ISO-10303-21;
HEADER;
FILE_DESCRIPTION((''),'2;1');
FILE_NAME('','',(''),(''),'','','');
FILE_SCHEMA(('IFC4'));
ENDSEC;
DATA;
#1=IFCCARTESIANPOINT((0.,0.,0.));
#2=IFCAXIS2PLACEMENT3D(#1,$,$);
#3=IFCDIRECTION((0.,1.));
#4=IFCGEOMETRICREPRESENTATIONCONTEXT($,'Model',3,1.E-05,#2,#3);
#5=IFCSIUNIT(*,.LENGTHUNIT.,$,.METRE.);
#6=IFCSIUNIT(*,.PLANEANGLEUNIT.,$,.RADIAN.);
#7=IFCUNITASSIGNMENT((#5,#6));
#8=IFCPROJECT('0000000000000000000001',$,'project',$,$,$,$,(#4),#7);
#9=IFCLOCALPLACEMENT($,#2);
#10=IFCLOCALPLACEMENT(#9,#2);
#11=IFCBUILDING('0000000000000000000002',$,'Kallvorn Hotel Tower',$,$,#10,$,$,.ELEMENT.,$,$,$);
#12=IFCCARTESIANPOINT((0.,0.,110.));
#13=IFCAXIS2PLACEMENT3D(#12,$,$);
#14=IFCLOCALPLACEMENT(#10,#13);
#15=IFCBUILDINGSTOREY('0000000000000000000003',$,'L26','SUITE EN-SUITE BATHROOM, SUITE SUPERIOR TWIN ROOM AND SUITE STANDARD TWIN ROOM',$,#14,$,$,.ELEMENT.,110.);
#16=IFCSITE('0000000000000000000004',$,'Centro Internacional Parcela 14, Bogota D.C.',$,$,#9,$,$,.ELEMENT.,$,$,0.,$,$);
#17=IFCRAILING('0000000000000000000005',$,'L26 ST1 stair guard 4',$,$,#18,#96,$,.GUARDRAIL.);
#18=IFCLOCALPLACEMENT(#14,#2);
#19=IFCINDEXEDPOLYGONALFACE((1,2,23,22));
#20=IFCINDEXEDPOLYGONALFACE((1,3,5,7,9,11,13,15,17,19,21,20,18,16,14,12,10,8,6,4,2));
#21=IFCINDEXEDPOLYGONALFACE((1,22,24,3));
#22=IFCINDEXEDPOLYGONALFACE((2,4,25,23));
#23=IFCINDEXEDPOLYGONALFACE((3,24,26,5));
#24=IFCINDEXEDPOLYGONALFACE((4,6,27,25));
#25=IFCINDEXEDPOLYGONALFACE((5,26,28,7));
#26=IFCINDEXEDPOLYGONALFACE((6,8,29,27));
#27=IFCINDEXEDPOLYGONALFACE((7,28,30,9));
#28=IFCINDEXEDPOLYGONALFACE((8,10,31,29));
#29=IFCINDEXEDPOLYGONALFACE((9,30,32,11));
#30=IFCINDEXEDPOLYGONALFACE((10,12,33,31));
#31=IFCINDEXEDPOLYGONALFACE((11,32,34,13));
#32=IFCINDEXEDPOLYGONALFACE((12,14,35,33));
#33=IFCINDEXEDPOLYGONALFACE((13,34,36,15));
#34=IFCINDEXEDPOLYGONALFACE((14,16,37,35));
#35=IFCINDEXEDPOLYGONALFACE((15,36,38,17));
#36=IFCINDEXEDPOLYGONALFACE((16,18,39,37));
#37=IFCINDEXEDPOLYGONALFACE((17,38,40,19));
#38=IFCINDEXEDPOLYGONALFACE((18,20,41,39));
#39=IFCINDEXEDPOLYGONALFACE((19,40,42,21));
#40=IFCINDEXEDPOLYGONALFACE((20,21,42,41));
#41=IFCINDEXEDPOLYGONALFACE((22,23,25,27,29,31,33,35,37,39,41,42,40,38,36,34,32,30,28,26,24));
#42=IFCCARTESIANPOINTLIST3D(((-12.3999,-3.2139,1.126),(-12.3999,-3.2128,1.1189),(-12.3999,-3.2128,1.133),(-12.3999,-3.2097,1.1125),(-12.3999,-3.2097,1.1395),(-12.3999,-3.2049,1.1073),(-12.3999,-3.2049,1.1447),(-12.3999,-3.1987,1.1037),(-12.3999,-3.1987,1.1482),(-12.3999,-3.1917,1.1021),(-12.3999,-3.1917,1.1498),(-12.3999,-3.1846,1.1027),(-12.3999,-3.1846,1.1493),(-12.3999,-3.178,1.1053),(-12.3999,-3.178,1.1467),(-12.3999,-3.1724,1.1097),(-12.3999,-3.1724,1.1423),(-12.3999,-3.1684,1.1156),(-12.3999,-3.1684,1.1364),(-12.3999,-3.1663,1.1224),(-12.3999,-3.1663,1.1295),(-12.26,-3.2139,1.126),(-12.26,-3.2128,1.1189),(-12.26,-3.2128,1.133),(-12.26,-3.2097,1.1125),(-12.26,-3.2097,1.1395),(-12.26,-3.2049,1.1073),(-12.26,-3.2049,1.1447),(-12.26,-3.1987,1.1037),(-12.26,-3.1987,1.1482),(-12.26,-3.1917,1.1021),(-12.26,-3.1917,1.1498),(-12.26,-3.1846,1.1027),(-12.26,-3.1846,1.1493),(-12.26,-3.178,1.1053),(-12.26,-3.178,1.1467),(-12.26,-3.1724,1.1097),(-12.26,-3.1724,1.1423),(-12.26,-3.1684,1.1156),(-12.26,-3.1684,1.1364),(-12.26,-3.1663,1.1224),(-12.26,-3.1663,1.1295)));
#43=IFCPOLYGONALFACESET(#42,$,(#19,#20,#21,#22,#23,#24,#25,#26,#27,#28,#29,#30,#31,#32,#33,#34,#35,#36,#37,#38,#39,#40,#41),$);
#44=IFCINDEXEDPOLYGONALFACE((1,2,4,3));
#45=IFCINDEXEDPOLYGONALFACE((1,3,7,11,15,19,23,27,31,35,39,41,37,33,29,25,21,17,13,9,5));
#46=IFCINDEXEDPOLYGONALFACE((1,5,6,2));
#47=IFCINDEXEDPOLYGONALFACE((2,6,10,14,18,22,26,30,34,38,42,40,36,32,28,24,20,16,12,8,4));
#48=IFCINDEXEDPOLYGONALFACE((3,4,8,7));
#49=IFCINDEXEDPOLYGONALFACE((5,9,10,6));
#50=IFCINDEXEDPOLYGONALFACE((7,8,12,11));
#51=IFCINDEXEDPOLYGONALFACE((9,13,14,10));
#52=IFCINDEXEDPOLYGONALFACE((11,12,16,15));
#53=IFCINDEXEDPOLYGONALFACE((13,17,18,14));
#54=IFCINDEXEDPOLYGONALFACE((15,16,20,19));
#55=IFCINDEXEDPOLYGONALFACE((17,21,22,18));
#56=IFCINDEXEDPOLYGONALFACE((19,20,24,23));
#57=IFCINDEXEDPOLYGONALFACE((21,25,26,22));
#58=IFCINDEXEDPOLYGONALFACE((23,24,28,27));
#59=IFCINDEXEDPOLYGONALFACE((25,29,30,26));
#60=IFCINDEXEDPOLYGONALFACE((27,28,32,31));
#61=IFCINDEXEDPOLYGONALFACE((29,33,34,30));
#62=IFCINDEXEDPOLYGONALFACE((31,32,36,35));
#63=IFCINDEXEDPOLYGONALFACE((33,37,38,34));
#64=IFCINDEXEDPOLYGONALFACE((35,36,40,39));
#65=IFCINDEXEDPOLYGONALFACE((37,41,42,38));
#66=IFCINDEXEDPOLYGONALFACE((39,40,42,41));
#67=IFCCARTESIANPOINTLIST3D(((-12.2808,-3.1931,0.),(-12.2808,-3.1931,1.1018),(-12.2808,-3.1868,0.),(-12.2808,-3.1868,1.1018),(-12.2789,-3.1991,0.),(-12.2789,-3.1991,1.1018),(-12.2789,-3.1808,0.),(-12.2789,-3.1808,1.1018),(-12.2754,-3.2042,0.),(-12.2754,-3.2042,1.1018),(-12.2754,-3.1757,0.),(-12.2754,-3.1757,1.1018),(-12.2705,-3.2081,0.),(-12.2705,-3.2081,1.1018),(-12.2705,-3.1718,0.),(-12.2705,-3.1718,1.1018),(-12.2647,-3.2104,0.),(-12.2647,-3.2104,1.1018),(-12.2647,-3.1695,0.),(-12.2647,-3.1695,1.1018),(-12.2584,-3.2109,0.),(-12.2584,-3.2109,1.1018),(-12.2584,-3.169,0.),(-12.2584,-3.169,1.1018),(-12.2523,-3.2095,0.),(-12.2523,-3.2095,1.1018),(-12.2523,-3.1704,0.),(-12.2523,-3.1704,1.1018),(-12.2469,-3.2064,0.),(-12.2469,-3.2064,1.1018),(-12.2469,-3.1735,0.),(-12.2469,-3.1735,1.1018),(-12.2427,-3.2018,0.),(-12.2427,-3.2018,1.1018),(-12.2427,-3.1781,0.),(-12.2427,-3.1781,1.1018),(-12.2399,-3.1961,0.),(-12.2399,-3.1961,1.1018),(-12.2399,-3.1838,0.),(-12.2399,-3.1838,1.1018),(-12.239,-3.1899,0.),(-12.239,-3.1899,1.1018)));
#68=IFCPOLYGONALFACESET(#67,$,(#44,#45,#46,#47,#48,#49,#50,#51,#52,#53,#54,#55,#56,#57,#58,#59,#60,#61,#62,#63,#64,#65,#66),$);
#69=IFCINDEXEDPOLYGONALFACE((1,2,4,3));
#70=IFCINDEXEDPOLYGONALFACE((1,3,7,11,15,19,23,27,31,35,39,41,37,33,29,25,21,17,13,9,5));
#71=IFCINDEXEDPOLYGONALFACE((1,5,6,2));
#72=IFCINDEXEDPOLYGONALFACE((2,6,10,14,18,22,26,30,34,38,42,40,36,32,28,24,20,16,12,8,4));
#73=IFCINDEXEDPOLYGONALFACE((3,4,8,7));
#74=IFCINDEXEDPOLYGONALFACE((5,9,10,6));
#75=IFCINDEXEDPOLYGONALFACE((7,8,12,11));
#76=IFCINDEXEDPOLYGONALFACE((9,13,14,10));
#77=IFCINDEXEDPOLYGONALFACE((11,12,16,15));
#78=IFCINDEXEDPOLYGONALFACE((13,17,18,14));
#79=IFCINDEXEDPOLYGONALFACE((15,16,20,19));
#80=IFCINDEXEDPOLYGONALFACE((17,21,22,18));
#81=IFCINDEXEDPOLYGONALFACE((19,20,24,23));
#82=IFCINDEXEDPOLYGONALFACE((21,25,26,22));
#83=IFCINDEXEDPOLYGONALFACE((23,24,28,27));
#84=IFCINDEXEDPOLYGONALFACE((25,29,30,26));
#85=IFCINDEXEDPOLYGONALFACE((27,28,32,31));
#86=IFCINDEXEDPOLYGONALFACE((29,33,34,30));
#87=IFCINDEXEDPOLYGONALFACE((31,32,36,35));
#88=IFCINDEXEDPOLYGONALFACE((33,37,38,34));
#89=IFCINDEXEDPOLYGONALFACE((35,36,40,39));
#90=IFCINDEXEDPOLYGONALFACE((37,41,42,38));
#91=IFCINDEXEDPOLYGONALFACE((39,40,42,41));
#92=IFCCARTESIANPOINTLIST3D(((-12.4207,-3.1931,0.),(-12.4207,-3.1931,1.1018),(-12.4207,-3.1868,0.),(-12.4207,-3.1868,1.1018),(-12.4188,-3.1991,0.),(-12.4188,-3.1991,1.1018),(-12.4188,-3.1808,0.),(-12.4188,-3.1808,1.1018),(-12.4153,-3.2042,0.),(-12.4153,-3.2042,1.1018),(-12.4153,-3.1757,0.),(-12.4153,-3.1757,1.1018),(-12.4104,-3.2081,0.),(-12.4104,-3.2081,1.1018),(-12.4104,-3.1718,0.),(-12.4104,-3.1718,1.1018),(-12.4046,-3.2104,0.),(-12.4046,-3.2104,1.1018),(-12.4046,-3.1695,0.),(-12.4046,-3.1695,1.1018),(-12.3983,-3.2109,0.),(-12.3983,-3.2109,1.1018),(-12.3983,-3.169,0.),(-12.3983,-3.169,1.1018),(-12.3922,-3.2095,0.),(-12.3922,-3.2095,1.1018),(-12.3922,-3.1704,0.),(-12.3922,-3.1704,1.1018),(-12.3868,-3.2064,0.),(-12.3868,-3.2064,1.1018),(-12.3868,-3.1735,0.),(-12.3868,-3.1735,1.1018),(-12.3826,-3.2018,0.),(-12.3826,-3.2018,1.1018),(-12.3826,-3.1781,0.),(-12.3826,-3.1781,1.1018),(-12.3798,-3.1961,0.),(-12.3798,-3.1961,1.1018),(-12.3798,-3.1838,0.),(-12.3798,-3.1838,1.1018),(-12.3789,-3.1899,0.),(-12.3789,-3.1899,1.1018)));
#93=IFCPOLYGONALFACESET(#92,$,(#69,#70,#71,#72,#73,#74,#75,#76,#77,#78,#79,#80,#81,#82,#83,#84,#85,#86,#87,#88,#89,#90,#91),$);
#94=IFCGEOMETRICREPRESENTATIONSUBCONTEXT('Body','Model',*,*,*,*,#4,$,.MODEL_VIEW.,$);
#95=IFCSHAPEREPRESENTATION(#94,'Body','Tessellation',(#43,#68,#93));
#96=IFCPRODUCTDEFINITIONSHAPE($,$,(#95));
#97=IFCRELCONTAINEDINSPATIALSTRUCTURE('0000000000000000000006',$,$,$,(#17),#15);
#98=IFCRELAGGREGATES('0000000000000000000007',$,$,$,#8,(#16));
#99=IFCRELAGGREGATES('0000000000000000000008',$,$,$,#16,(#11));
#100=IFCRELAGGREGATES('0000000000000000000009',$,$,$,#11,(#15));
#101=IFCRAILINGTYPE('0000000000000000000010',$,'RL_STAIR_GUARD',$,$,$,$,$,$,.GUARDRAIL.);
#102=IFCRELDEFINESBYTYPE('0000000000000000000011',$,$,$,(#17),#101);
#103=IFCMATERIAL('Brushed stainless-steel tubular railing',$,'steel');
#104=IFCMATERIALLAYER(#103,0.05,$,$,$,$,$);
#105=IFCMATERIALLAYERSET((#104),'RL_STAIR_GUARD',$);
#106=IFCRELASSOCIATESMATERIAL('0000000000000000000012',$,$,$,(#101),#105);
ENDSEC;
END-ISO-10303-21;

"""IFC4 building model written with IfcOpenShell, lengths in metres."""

from ifc_helpers import new_model, si_unit, direction, frame, origin, origin_2d, place, context, subcontext, project, spatial, circle, extrude, material, layer, layer_set, type_object, element, save


model = new_model("IFC4")

# Units and contexts
model_context = context("Model", 3, precision=1e-05, world=origin(), true_north=direction((0.0, 1.0)))
body_context = subcontext(model_context, "Body", "Model", "MODEL_VIEW")
ifc_project = project(units=[si_unit("LENGTHUNIT", "METRE"), si_unit("PLANEANGLEUNIT", "RADIAN")], contexts=[model_context])

# Site, building, storey
site_placement = place(None, origin())
site = spatial("IfcSite", under=ifc_project, at=site_placement, Name="Centro Internacional Parcela 14, Bogota D.C.", CompositionType="ELEMENT", RefElevation=0.0)
building_placement = place(site_placement, origin())
building = spatial("IfcBuilding", under=site, at=building_placement, Name="Kallvorn Hotel Tower", CompositionType="ELEMENT")
storey_placement = place(building_placement, frame((0.0, 0.0, 110.0)))
storey = spatial("IfcBuildingStorey", under=building, at=storey_placement, Name="L26", Description="SUITE EN-SUITE BATHROOM, SUITE SUPERIOR TWIN ROOM AND SUITE STANDARD TWIN ROOM", CompositionType="ELEMENT", Elevation=110.0)

# Railing
ifc_material_1 = material(Name="Brushed stainless-steel tubular railing", Category="steel")
ifc_layer_1 = layer(ifc_material_1, 0.05)
ifc_layer_set_1 = layer_set([ifc_layer_1], Name="RL_STAIR_GUARD")
railing_type_1 = type_object("IfcRailingType", Name="RL_STAIR_GUARD", PredefinedType="GUARDRAIL", material=ifc_layer_set_1)
railing_1_placement = place(storey_placement, frame((-12.26, -3.1899, 0.0)))
element("IfcRailing", 1, at=railing_1_placement, inside=storey, type_object=railing_type_1, Name="L26 ST1 stair guard 4", PredefinedType="GUARDRAIL", context=body_context, shape_type="SweptSolid", body=[
    extrude(circle(Radius=0.0239, at=origin_2d()), frame((0.0, 0.0, 1.126), z_axis=(-1.0, 0.0, 0.0), x_axis=(0.0, -1.0, 0.0)), (0.0, 0.0, 1.0), 0.1399),
    extrude(circle(Radius=0.021, at=origin_2d()), origin(), (0.0, 0.0, 1.0), 1.1018),
    extrude(circle(Radius=0.021, at=origin_2d()), frame((-0.1399, 0.0, 0.0)), (0.0, 0.0, 1.0), 1.1018),
])

save(model, "model.ifc")
